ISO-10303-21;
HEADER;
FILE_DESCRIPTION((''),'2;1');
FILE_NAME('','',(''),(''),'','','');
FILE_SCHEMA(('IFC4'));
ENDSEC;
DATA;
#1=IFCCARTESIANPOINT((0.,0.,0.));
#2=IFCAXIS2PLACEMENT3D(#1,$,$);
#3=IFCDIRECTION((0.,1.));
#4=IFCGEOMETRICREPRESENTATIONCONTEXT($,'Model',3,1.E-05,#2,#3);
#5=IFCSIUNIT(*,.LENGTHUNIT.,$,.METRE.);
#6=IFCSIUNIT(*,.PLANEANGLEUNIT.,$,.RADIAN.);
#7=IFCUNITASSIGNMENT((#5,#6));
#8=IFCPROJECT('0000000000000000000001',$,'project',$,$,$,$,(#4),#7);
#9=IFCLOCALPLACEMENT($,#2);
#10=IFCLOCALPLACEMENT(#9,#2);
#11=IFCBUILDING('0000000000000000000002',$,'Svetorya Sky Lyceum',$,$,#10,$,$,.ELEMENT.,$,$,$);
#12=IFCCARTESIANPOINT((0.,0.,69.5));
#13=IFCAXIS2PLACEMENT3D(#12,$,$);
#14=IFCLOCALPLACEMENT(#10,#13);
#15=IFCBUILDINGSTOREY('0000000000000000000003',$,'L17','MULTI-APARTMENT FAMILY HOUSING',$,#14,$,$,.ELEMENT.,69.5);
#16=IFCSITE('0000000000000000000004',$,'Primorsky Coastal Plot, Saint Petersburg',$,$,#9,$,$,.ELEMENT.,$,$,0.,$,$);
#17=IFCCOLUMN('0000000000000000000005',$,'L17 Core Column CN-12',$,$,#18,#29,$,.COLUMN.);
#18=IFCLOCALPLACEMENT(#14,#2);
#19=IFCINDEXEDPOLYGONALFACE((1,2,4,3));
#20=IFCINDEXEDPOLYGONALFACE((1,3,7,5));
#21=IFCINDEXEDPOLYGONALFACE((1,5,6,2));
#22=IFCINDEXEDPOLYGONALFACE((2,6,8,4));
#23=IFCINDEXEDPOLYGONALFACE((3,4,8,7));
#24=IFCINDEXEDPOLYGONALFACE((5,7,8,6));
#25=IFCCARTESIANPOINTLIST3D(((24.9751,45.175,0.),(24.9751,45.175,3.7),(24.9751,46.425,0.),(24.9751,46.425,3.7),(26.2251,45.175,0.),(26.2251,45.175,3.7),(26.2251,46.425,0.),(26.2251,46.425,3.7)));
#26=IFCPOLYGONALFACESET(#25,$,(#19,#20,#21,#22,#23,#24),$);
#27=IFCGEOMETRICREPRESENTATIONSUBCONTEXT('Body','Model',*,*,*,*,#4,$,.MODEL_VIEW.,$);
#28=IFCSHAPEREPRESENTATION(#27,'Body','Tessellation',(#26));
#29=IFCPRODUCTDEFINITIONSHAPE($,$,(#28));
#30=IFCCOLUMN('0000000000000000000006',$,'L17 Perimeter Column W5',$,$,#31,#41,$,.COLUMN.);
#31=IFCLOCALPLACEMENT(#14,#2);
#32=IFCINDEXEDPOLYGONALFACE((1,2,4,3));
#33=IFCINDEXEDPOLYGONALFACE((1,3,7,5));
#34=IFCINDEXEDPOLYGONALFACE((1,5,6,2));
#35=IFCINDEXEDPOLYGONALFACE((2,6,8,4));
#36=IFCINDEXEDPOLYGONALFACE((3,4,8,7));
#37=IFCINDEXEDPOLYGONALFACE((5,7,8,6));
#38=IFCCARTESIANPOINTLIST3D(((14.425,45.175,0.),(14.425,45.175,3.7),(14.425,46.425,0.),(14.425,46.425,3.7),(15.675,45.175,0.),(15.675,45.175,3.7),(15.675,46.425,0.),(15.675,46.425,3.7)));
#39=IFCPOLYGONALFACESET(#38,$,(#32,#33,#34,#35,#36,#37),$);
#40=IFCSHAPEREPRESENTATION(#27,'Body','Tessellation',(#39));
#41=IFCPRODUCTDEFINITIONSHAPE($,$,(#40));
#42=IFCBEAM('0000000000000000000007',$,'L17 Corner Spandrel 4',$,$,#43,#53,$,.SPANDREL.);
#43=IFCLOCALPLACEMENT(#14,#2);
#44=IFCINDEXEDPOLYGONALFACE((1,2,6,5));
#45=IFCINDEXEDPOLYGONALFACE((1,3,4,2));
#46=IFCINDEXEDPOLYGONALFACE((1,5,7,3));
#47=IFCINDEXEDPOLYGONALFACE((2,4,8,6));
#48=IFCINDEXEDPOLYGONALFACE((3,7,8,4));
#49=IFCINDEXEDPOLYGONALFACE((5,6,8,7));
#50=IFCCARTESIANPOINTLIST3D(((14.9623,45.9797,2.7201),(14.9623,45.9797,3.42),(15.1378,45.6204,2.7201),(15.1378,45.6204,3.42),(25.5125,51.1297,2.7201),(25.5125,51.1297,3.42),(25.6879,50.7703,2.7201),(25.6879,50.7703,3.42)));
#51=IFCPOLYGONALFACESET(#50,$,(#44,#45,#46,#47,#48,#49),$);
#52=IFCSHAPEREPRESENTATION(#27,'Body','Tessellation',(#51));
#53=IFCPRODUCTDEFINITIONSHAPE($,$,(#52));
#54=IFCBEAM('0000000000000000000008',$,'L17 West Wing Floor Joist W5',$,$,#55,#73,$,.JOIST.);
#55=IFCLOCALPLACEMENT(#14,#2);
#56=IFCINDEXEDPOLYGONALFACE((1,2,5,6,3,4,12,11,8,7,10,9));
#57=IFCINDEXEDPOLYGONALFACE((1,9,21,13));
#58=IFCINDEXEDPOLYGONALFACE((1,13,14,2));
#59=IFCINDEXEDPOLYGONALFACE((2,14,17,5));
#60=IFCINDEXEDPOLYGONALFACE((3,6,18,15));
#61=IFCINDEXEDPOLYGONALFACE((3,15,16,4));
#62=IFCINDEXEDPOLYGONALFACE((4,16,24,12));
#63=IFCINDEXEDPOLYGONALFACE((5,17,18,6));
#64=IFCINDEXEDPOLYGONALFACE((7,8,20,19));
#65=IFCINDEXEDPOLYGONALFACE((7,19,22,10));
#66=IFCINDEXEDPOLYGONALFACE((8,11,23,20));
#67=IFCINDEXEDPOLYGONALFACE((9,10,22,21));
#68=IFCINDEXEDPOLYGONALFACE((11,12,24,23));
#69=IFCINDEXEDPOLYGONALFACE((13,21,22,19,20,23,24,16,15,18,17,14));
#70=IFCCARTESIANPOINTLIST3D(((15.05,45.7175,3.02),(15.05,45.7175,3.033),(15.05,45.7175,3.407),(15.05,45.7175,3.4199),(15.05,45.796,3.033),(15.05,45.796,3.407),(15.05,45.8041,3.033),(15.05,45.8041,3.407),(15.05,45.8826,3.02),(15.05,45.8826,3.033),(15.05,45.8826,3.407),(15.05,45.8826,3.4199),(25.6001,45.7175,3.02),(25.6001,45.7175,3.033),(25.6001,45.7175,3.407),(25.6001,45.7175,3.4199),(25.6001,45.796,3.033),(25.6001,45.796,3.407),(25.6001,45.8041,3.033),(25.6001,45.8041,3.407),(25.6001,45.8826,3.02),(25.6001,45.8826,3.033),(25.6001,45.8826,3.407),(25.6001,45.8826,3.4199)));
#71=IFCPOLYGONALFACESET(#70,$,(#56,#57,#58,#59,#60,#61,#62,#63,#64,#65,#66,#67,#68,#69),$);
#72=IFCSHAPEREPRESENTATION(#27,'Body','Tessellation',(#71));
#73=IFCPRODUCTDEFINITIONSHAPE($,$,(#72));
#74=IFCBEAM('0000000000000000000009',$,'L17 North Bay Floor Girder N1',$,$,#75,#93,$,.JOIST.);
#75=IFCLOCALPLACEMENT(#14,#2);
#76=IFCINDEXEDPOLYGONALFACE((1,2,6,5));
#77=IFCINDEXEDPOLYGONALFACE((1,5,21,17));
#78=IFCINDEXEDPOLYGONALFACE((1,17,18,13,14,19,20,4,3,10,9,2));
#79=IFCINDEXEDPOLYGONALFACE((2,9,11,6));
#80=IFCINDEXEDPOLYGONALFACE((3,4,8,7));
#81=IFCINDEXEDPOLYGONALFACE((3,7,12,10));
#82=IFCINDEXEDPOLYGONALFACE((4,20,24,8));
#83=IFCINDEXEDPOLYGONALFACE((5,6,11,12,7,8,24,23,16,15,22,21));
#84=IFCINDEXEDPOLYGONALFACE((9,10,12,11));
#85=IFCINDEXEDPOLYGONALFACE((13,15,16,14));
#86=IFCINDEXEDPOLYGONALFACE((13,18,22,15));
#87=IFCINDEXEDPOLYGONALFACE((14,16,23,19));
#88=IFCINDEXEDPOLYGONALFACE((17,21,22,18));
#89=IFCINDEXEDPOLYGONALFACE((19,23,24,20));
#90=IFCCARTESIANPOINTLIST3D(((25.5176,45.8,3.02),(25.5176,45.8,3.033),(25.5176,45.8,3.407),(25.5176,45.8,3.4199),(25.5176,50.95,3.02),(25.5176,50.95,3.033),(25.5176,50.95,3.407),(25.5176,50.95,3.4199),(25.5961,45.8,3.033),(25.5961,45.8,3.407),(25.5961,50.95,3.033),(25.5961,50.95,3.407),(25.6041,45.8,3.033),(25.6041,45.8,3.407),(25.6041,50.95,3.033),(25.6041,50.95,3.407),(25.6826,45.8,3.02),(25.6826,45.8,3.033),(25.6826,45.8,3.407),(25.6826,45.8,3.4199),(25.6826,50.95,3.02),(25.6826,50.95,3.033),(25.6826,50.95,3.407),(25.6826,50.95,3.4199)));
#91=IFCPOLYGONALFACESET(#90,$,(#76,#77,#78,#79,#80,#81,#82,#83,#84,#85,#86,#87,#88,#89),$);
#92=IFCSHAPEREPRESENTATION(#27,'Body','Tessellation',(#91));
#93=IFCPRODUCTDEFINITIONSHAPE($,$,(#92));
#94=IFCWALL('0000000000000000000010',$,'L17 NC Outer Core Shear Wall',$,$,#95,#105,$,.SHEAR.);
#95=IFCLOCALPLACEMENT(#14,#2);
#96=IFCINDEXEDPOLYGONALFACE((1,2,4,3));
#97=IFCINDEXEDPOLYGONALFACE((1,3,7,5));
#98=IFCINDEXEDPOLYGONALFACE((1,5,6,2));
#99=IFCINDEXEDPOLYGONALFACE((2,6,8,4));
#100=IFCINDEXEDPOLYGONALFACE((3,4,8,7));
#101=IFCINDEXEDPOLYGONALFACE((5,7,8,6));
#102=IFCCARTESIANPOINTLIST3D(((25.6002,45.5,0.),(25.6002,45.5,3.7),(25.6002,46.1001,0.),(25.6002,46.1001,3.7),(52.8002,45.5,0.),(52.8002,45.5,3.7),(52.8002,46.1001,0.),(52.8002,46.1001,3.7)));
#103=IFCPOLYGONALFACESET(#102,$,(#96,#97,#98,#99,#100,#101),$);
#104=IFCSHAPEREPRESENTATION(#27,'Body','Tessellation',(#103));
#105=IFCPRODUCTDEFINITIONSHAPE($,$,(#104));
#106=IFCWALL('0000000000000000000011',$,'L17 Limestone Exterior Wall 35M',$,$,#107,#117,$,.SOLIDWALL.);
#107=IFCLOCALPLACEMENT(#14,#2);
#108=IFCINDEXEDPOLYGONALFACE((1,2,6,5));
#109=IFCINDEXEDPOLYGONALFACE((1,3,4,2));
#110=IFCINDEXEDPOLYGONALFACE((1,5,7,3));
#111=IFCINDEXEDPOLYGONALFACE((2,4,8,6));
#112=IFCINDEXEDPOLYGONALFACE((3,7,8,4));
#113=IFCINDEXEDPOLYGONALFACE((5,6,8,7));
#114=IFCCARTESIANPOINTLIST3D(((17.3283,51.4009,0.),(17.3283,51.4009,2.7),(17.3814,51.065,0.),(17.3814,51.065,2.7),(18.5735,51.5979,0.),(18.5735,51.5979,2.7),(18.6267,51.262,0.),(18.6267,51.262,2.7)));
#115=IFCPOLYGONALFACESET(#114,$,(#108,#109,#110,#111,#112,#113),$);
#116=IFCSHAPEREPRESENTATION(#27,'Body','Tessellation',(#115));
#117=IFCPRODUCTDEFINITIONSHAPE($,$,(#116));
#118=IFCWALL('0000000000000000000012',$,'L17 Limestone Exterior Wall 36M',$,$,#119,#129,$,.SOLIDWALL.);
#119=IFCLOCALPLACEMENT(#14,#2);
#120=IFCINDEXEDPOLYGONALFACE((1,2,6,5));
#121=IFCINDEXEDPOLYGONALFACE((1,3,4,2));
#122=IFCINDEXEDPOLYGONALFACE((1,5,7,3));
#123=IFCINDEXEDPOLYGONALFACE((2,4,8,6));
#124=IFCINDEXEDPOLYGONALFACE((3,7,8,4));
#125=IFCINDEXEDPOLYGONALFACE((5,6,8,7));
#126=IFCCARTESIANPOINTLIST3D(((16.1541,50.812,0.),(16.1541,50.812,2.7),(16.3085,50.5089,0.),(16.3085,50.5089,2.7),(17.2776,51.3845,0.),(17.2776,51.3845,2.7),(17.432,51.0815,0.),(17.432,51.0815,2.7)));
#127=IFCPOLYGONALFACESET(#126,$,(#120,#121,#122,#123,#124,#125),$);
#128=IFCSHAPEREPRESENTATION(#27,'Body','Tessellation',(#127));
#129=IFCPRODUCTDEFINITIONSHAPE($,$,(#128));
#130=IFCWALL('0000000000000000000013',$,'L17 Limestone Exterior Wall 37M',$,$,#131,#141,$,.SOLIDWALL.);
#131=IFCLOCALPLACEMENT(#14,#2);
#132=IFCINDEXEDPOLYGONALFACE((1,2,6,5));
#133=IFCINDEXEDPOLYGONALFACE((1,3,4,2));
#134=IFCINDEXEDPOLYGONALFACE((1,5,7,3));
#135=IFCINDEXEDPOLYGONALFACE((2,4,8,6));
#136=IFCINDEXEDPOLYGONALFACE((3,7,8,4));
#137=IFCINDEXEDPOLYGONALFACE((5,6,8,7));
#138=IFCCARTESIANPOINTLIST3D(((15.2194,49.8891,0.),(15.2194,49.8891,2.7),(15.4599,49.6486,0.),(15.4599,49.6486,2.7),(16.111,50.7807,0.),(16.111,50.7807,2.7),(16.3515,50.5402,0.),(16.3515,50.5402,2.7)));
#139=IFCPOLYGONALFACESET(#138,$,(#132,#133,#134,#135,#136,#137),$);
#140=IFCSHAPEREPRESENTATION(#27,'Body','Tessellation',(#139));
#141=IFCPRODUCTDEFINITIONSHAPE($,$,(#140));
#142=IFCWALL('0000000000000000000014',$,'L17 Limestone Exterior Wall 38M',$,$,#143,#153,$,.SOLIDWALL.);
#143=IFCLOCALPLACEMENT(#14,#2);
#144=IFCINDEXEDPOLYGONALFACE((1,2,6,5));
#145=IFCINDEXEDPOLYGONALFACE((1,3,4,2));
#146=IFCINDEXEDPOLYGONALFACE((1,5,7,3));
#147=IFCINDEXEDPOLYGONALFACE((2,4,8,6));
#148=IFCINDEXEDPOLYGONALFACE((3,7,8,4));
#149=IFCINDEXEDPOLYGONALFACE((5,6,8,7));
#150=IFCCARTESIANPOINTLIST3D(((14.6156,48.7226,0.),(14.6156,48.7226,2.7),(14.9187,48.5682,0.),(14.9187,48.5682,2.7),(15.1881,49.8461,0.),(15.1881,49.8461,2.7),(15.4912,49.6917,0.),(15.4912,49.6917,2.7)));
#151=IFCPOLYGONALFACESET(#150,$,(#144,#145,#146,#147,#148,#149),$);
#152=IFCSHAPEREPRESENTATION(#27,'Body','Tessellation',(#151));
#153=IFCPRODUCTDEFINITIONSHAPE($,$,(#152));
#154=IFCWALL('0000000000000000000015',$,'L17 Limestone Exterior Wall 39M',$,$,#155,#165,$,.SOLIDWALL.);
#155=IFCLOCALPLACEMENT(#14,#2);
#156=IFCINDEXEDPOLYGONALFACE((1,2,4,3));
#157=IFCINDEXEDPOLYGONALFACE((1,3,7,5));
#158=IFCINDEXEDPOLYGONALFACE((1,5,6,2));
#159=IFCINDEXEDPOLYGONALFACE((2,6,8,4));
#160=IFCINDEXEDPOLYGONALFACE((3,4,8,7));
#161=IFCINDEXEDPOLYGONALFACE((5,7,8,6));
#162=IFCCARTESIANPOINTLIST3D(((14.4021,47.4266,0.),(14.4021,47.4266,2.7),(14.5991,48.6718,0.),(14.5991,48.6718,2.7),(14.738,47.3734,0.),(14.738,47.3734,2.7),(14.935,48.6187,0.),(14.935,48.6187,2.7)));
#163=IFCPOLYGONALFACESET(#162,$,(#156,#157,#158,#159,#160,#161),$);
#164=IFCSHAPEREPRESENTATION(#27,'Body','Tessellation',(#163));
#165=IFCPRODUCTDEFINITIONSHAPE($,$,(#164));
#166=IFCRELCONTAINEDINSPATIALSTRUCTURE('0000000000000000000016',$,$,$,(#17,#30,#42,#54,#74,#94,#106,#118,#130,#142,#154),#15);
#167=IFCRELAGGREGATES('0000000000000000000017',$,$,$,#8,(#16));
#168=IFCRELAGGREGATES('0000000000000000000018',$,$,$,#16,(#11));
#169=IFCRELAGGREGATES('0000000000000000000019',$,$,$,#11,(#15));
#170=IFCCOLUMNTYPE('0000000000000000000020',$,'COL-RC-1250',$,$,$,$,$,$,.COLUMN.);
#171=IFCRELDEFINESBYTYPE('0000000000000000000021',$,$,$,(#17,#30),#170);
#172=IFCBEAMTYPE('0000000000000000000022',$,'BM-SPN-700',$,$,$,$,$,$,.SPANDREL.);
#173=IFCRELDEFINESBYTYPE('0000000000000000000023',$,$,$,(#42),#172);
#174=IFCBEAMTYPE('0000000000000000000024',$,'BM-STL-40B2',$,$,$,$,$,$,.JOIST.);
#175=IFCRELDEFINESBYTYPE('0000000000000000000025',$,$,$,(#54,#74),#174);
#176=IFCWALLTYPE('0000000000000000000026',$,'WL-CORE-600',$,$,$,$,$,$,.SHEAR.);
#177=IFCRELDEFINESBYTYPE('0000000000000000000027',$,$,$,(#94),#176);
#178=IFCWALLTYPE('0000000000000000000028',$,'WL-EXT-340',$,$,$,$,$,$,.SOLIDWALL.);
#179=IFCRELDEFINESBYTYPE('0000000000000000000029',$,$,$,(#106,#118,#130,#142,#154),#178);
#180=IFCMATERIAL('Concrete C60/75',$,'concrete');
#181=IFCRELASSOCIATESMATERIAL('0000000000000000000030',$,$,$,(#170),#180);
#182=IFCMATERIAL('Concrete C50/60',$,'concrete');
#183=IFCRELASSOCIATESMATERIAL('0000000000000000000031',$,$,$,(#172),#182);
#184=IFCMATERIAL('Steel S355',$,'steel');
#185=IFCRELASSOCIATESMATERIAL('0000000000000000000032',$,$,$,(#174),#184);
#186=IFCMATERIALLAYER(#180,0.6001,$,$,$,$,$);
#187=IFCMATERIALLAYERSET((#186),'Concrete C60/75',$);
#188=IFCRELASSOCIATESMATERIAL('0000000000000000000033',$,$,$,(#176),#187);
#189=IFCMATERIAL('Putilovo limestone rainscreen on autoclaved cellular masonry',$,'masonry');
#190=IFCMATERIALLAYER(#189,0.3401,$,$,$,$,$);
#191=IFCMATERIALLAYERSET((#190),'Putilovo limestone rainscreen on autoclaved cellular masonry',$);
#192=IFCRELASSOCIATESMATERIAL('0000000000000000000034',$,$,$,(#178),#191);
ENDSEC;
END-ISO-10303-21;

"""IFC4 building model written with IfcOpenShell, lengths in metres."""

from ifc_helpers import new_model, si_unit, direction, frame, frame_2d, origin, origin_2d, place, context, subcontext, project, spatial, rectangle, i_section, extrude, material, layer, layer_set, material_profile, profile_set, type_object, element, save


model = new_model("IFC4")

# Units and contexts
model_context = context("Model", 3, precision=1e-05, world=origin(), true_north=direction((0.0, 1.0)))
body_context = subcontext(model_context, "Body", "Model", "MODEL_VIEW")
ifc_project = project(units=[si_unit("LENGTHUNIT", "METRE"), si_unit("PLANEANGLEUNIT", "RADIAN")], contexts=[model_context])

# Site, building, storey
site_placement = place(None, origin())
site = spatial("IfcSite", under=ifc_project, at=site_placement, Name="Primorsky Coastal Plot, Saint Petersburg", CompositionType="ELEMENT", RefElevation=0.0)
building_placement = place(site_placement, origin())
building = spatial("IfcBuilding", under=site, at=building_placement, Name="Svetorya Sky Lyceum", CompositionType="ELEMENT")
storey_placement = place(building_placement, frame((0.0, 0.0, 69.5)))
storey = spatial("IfcBuildingStorey", under=building, at=storey_placement, Name="L17", Description="MULTI-APARTMENT FAMILY HOUSING", CompositionType="ELEMENT", Elevation=69.5)

# Columns
ifc_material_1 = material(Name="Concrete C60/75", Category="concrete")
ifc_material_profile_1 = material_profile(ifc_material_1, rectangle(XDim=1.25, YDim=1.25, at=origin_2d()), Name="RC COL 1250x1250")
ifc_profile_set_1 = profile_set([ifc_material_profile_1], Name="Concrete C60/75")
column_type = type_object("IfcColumnType", Name="COL-RC-1250", PredefinedType="COLUMN", material=ifc_profile_set_1)
for number, where, z_axis, x_axis, name in (
    (1, (25.6001, 45.8, 0.0), (0.0, 0.0, 1.0), (1.0, 0.0, 0.0), "L17 Core Column CN-12"),
    (2, (15.05, 45.8, 0.0), (0.0, 0.0, 1.0), (1.0, 0.0, 0.0), "L17 Perimeter Column W5"),
):
    element("IfcColumn", number, at=place(storey_placement, frame(where, z_axis=z_axis, x_axis=x_axis)), inside=storey, type_object=column_type, Name=name, PredefinedType="COLUMN", context=body_context, shape_type="SweptSolid", body=[
        extrude(rectangle(XDim=1.25, YDim=1.25, at=origin_2d()), origin(), (0.0, 0.0, 1.0), 3.7),
    ])

# Beams
ifc_material_2 = material(Name="Concrete C50/60", Category="concrete")
ifc_material_profile_2 = material_profile(ifc_material_2, rectangle(XDim=0.3999, YDim=0.7, at=origin_2d()), Name="RC SPANDREL 400x700")
ifc_profile_set_2 = profile_set([ifc_material_profile_2], Name="Concrete C50/60")
beam_type_1 = type_object("IfcBeamType", Name="BM-SPN-700", PredefinedType="SPANDREL", material=ifc_profile_set_2)
beam_1_placement = place(storey_placement, frame((15.05, 45.8, 3.0701), z_axis=(0.89865, 0.438667, 0.0), x_axis=(-0.438667, 0.89865, 0.0)))
element("IfcBeam", 3, at=beam_1_placement, inside=storey, type_object=beam_type_1, Name="L17 Corner Spandrel 4", PredefinedType="SPANDREL", context=body_context, shape_type="SweptSolid", body=[
    extrude(rectangle(XDim=0.3999, YDim=0.7, at=origin_2d()), origin(), (0.0, 0.0, 1.0), 11.74),
])
ifc_material_3 = material(Name="Steel S355", Category="steel")
ifc_material_profile_3 = material_profile(ifc_material_3, i_section(OverallWidth=0.165, OverallDepth=0.3999, WebThickness=0.0081, FlangeThickness=0.0129, at=origin_2d()), Name="GOST 40B2")
ifc_profile_set_3 = profile_set([ifc_material_profile_3], Name="Steel S355")
beam_type_2 = type_object("IfcBeamType", Name="BM-STL-40B2", PredefinedType="JOIST", material=ifc_profile_set_3)
beam_2_placement = place(storey_placement, frame((15.05, 45.8, 3.22), z_axis=(1.0, 0.0, 0.0), x_axis=(0.0, 1.0, 0.0)))
element("IfcBeam", 4, at=beam_2_placement, inside=storey, type_object=beam_type_2, Name="L17 West Wing Floor Joist W5", PredefinedType="JOIST", context=body_context, shape_type="SweptSolid", body=[
    extrude(i_section(OverallWidth=0.165, OverallDepth=0.3999, WebThickness=0.0081, FlangeThickness=0.0129, at=origin_2d()), origin(), (0.0, 0.0, 1.0), 10.55),
])
beam_3_placement = place(storey_placement, frame((25.6001, 45.8, 3.22), z_axis=(0.0, 1.0, 0.0), x_axis=(-1.0, 0.0, 0.0)))
element("IfcBeam", 5, at=beam_3_placement, inside=storey, type_object=beam_type_2, Name="L17 North Bay Floor Girder N1", PredefinedType="JOIST", context=body_context, shape_type="SweptSolid", body=[
    extrude(i_section(OverallWidth=0.165, OverallDepth=0.3999, WebThickness=0.0081, FlangeThickness=0.0129, at=origin_2d()), origin(), (0.0, 0.0, 1.0), 5.1499),
])

# Walls
ifc_layer_1 = layer(ifc_material_1, 0.6001)
ifc_layer_set_1 = layer_set([ifc_layer_1], Name="Concrete C60/75")
wall_type_1 = type_object("IfcWallType", Name="WL-CORE-600", PredefinedType="SHEAR", material=ifc_layer_set_1)
wall_1_placement = place(storey_placement, frame((25.6001, 45.8, 0.0), z_axis=(0.0, 0.0, 1.0), x_axis=(1.0, 0.0, 0.0)))
element("IfcWall", 6, at=wall_1_placement, inside=storey, type_object=wall_type_1, Name="L17 NC Outer Core Shear Wall", PredefinedType="SHEAR", context=body_context, shape_type="SweptSolid", body=[
    extrude(rectangle(XDim=27.2, YDim=0.6001, at=frame_2d((13.6001, 0.0))), origin(), (0.0, 0.0, 1.0), 3.7),
])
ifc_material_4 = material(Name="Putilovo limestone rainscreen on autoclaved cellular masonry", Category="masonry")
ifc_layer_2 = layer(ifc_material_4, 0.3401)
ifc_layer_set_2 = layer_set([ifc_layer_2], Name="Putilovo limestone rainscreen on autoclaved cellular masonry")
wall_type_2 = type_object("IfcWallType", Name="WL-EXT-340", PredefinedType="SOLIDWALL", material=ifc_layer_set_2)
wall_2_placement = place(storey_placement, frame((18.6001, 51.4299, 0.0), z_axis=(0.0, 0.0, 1.0), x_axis=(-0.987716, -0.156261, 0.0)))
element("IfcWall", 7, at=wall_2_placement, inside=storey, type_object=wall_type_2, Name="L17 Limestone Exterior Wall 35M", PredefinedType="SOLIDWALL", context=body_context, shape_type="SweptSolid", body=[
    extrude(rectangle(XDim=1.2607, YDim=0.3401, at=frame_2d((0.6304, 0.0))), origin(), (0.0, 0.0, 1.0), 2.7),
])
for number, where, z_axis, x_axis, name in (
    (8, (17.3547, 51.2329, 0.0), (0.0, 0.0, 1.0), (-0.890994, -0.454016, 0.0), "L17 Limestone Exterior Wall 36M"),
    (9, (16.2312, 50.6604, 0.0), (0.0, 0.0, 1.0), (-0.707107, -0.707107, 0.0), "L17 Limestone Exterior Wall 37M"),
    (10, (15.3396, 49.7688, 0.0), (0.0, 0.0, 1.0), (-0.454016, -0.890994, 0.0), "L17 Limestone Exterior Wall 38M"),
):
    element("IfcWall", number, at=place(storey_placement, frame(where, z_axis=z_axis, x_axis=x_axis)), inside=storey, type_object=wall_type_2, Name=name, PredefinedType="SOLIDWALL", context=body_context, shape_type="SweptSolid", body=[
        extrude(rectangle(XDim=1.261, YDim=0.3401, at=frame_2d((0.6304, 0.0))), origin(), (0.0, 0.0, 1.0), 2.7),
    ])
wall_3_placement = place(storey_placement, frame((14.7671, 48.6453, 0.0), z_axis=(0.0, 0.0, 1.0), x_axis=(-0.156261, -0.987716, 0.0)))
element("IfcWall", 11, at=wall_3_placement, inside=storey, type_object=wall_type_2, Name="L17 Limestone Exterior Wall 39M", PredefinedType="SOLIDWALL", context=body_context, shape_type="SweptSolid", body=[
    extrude(rectangle(XDim=1.2607, YDim=0.3401, at=frame_2d((0.6304, 0.0))), origin(), (0.0, 0.0, 1.0), 2.7),
])

save(model, "model.ifc")
